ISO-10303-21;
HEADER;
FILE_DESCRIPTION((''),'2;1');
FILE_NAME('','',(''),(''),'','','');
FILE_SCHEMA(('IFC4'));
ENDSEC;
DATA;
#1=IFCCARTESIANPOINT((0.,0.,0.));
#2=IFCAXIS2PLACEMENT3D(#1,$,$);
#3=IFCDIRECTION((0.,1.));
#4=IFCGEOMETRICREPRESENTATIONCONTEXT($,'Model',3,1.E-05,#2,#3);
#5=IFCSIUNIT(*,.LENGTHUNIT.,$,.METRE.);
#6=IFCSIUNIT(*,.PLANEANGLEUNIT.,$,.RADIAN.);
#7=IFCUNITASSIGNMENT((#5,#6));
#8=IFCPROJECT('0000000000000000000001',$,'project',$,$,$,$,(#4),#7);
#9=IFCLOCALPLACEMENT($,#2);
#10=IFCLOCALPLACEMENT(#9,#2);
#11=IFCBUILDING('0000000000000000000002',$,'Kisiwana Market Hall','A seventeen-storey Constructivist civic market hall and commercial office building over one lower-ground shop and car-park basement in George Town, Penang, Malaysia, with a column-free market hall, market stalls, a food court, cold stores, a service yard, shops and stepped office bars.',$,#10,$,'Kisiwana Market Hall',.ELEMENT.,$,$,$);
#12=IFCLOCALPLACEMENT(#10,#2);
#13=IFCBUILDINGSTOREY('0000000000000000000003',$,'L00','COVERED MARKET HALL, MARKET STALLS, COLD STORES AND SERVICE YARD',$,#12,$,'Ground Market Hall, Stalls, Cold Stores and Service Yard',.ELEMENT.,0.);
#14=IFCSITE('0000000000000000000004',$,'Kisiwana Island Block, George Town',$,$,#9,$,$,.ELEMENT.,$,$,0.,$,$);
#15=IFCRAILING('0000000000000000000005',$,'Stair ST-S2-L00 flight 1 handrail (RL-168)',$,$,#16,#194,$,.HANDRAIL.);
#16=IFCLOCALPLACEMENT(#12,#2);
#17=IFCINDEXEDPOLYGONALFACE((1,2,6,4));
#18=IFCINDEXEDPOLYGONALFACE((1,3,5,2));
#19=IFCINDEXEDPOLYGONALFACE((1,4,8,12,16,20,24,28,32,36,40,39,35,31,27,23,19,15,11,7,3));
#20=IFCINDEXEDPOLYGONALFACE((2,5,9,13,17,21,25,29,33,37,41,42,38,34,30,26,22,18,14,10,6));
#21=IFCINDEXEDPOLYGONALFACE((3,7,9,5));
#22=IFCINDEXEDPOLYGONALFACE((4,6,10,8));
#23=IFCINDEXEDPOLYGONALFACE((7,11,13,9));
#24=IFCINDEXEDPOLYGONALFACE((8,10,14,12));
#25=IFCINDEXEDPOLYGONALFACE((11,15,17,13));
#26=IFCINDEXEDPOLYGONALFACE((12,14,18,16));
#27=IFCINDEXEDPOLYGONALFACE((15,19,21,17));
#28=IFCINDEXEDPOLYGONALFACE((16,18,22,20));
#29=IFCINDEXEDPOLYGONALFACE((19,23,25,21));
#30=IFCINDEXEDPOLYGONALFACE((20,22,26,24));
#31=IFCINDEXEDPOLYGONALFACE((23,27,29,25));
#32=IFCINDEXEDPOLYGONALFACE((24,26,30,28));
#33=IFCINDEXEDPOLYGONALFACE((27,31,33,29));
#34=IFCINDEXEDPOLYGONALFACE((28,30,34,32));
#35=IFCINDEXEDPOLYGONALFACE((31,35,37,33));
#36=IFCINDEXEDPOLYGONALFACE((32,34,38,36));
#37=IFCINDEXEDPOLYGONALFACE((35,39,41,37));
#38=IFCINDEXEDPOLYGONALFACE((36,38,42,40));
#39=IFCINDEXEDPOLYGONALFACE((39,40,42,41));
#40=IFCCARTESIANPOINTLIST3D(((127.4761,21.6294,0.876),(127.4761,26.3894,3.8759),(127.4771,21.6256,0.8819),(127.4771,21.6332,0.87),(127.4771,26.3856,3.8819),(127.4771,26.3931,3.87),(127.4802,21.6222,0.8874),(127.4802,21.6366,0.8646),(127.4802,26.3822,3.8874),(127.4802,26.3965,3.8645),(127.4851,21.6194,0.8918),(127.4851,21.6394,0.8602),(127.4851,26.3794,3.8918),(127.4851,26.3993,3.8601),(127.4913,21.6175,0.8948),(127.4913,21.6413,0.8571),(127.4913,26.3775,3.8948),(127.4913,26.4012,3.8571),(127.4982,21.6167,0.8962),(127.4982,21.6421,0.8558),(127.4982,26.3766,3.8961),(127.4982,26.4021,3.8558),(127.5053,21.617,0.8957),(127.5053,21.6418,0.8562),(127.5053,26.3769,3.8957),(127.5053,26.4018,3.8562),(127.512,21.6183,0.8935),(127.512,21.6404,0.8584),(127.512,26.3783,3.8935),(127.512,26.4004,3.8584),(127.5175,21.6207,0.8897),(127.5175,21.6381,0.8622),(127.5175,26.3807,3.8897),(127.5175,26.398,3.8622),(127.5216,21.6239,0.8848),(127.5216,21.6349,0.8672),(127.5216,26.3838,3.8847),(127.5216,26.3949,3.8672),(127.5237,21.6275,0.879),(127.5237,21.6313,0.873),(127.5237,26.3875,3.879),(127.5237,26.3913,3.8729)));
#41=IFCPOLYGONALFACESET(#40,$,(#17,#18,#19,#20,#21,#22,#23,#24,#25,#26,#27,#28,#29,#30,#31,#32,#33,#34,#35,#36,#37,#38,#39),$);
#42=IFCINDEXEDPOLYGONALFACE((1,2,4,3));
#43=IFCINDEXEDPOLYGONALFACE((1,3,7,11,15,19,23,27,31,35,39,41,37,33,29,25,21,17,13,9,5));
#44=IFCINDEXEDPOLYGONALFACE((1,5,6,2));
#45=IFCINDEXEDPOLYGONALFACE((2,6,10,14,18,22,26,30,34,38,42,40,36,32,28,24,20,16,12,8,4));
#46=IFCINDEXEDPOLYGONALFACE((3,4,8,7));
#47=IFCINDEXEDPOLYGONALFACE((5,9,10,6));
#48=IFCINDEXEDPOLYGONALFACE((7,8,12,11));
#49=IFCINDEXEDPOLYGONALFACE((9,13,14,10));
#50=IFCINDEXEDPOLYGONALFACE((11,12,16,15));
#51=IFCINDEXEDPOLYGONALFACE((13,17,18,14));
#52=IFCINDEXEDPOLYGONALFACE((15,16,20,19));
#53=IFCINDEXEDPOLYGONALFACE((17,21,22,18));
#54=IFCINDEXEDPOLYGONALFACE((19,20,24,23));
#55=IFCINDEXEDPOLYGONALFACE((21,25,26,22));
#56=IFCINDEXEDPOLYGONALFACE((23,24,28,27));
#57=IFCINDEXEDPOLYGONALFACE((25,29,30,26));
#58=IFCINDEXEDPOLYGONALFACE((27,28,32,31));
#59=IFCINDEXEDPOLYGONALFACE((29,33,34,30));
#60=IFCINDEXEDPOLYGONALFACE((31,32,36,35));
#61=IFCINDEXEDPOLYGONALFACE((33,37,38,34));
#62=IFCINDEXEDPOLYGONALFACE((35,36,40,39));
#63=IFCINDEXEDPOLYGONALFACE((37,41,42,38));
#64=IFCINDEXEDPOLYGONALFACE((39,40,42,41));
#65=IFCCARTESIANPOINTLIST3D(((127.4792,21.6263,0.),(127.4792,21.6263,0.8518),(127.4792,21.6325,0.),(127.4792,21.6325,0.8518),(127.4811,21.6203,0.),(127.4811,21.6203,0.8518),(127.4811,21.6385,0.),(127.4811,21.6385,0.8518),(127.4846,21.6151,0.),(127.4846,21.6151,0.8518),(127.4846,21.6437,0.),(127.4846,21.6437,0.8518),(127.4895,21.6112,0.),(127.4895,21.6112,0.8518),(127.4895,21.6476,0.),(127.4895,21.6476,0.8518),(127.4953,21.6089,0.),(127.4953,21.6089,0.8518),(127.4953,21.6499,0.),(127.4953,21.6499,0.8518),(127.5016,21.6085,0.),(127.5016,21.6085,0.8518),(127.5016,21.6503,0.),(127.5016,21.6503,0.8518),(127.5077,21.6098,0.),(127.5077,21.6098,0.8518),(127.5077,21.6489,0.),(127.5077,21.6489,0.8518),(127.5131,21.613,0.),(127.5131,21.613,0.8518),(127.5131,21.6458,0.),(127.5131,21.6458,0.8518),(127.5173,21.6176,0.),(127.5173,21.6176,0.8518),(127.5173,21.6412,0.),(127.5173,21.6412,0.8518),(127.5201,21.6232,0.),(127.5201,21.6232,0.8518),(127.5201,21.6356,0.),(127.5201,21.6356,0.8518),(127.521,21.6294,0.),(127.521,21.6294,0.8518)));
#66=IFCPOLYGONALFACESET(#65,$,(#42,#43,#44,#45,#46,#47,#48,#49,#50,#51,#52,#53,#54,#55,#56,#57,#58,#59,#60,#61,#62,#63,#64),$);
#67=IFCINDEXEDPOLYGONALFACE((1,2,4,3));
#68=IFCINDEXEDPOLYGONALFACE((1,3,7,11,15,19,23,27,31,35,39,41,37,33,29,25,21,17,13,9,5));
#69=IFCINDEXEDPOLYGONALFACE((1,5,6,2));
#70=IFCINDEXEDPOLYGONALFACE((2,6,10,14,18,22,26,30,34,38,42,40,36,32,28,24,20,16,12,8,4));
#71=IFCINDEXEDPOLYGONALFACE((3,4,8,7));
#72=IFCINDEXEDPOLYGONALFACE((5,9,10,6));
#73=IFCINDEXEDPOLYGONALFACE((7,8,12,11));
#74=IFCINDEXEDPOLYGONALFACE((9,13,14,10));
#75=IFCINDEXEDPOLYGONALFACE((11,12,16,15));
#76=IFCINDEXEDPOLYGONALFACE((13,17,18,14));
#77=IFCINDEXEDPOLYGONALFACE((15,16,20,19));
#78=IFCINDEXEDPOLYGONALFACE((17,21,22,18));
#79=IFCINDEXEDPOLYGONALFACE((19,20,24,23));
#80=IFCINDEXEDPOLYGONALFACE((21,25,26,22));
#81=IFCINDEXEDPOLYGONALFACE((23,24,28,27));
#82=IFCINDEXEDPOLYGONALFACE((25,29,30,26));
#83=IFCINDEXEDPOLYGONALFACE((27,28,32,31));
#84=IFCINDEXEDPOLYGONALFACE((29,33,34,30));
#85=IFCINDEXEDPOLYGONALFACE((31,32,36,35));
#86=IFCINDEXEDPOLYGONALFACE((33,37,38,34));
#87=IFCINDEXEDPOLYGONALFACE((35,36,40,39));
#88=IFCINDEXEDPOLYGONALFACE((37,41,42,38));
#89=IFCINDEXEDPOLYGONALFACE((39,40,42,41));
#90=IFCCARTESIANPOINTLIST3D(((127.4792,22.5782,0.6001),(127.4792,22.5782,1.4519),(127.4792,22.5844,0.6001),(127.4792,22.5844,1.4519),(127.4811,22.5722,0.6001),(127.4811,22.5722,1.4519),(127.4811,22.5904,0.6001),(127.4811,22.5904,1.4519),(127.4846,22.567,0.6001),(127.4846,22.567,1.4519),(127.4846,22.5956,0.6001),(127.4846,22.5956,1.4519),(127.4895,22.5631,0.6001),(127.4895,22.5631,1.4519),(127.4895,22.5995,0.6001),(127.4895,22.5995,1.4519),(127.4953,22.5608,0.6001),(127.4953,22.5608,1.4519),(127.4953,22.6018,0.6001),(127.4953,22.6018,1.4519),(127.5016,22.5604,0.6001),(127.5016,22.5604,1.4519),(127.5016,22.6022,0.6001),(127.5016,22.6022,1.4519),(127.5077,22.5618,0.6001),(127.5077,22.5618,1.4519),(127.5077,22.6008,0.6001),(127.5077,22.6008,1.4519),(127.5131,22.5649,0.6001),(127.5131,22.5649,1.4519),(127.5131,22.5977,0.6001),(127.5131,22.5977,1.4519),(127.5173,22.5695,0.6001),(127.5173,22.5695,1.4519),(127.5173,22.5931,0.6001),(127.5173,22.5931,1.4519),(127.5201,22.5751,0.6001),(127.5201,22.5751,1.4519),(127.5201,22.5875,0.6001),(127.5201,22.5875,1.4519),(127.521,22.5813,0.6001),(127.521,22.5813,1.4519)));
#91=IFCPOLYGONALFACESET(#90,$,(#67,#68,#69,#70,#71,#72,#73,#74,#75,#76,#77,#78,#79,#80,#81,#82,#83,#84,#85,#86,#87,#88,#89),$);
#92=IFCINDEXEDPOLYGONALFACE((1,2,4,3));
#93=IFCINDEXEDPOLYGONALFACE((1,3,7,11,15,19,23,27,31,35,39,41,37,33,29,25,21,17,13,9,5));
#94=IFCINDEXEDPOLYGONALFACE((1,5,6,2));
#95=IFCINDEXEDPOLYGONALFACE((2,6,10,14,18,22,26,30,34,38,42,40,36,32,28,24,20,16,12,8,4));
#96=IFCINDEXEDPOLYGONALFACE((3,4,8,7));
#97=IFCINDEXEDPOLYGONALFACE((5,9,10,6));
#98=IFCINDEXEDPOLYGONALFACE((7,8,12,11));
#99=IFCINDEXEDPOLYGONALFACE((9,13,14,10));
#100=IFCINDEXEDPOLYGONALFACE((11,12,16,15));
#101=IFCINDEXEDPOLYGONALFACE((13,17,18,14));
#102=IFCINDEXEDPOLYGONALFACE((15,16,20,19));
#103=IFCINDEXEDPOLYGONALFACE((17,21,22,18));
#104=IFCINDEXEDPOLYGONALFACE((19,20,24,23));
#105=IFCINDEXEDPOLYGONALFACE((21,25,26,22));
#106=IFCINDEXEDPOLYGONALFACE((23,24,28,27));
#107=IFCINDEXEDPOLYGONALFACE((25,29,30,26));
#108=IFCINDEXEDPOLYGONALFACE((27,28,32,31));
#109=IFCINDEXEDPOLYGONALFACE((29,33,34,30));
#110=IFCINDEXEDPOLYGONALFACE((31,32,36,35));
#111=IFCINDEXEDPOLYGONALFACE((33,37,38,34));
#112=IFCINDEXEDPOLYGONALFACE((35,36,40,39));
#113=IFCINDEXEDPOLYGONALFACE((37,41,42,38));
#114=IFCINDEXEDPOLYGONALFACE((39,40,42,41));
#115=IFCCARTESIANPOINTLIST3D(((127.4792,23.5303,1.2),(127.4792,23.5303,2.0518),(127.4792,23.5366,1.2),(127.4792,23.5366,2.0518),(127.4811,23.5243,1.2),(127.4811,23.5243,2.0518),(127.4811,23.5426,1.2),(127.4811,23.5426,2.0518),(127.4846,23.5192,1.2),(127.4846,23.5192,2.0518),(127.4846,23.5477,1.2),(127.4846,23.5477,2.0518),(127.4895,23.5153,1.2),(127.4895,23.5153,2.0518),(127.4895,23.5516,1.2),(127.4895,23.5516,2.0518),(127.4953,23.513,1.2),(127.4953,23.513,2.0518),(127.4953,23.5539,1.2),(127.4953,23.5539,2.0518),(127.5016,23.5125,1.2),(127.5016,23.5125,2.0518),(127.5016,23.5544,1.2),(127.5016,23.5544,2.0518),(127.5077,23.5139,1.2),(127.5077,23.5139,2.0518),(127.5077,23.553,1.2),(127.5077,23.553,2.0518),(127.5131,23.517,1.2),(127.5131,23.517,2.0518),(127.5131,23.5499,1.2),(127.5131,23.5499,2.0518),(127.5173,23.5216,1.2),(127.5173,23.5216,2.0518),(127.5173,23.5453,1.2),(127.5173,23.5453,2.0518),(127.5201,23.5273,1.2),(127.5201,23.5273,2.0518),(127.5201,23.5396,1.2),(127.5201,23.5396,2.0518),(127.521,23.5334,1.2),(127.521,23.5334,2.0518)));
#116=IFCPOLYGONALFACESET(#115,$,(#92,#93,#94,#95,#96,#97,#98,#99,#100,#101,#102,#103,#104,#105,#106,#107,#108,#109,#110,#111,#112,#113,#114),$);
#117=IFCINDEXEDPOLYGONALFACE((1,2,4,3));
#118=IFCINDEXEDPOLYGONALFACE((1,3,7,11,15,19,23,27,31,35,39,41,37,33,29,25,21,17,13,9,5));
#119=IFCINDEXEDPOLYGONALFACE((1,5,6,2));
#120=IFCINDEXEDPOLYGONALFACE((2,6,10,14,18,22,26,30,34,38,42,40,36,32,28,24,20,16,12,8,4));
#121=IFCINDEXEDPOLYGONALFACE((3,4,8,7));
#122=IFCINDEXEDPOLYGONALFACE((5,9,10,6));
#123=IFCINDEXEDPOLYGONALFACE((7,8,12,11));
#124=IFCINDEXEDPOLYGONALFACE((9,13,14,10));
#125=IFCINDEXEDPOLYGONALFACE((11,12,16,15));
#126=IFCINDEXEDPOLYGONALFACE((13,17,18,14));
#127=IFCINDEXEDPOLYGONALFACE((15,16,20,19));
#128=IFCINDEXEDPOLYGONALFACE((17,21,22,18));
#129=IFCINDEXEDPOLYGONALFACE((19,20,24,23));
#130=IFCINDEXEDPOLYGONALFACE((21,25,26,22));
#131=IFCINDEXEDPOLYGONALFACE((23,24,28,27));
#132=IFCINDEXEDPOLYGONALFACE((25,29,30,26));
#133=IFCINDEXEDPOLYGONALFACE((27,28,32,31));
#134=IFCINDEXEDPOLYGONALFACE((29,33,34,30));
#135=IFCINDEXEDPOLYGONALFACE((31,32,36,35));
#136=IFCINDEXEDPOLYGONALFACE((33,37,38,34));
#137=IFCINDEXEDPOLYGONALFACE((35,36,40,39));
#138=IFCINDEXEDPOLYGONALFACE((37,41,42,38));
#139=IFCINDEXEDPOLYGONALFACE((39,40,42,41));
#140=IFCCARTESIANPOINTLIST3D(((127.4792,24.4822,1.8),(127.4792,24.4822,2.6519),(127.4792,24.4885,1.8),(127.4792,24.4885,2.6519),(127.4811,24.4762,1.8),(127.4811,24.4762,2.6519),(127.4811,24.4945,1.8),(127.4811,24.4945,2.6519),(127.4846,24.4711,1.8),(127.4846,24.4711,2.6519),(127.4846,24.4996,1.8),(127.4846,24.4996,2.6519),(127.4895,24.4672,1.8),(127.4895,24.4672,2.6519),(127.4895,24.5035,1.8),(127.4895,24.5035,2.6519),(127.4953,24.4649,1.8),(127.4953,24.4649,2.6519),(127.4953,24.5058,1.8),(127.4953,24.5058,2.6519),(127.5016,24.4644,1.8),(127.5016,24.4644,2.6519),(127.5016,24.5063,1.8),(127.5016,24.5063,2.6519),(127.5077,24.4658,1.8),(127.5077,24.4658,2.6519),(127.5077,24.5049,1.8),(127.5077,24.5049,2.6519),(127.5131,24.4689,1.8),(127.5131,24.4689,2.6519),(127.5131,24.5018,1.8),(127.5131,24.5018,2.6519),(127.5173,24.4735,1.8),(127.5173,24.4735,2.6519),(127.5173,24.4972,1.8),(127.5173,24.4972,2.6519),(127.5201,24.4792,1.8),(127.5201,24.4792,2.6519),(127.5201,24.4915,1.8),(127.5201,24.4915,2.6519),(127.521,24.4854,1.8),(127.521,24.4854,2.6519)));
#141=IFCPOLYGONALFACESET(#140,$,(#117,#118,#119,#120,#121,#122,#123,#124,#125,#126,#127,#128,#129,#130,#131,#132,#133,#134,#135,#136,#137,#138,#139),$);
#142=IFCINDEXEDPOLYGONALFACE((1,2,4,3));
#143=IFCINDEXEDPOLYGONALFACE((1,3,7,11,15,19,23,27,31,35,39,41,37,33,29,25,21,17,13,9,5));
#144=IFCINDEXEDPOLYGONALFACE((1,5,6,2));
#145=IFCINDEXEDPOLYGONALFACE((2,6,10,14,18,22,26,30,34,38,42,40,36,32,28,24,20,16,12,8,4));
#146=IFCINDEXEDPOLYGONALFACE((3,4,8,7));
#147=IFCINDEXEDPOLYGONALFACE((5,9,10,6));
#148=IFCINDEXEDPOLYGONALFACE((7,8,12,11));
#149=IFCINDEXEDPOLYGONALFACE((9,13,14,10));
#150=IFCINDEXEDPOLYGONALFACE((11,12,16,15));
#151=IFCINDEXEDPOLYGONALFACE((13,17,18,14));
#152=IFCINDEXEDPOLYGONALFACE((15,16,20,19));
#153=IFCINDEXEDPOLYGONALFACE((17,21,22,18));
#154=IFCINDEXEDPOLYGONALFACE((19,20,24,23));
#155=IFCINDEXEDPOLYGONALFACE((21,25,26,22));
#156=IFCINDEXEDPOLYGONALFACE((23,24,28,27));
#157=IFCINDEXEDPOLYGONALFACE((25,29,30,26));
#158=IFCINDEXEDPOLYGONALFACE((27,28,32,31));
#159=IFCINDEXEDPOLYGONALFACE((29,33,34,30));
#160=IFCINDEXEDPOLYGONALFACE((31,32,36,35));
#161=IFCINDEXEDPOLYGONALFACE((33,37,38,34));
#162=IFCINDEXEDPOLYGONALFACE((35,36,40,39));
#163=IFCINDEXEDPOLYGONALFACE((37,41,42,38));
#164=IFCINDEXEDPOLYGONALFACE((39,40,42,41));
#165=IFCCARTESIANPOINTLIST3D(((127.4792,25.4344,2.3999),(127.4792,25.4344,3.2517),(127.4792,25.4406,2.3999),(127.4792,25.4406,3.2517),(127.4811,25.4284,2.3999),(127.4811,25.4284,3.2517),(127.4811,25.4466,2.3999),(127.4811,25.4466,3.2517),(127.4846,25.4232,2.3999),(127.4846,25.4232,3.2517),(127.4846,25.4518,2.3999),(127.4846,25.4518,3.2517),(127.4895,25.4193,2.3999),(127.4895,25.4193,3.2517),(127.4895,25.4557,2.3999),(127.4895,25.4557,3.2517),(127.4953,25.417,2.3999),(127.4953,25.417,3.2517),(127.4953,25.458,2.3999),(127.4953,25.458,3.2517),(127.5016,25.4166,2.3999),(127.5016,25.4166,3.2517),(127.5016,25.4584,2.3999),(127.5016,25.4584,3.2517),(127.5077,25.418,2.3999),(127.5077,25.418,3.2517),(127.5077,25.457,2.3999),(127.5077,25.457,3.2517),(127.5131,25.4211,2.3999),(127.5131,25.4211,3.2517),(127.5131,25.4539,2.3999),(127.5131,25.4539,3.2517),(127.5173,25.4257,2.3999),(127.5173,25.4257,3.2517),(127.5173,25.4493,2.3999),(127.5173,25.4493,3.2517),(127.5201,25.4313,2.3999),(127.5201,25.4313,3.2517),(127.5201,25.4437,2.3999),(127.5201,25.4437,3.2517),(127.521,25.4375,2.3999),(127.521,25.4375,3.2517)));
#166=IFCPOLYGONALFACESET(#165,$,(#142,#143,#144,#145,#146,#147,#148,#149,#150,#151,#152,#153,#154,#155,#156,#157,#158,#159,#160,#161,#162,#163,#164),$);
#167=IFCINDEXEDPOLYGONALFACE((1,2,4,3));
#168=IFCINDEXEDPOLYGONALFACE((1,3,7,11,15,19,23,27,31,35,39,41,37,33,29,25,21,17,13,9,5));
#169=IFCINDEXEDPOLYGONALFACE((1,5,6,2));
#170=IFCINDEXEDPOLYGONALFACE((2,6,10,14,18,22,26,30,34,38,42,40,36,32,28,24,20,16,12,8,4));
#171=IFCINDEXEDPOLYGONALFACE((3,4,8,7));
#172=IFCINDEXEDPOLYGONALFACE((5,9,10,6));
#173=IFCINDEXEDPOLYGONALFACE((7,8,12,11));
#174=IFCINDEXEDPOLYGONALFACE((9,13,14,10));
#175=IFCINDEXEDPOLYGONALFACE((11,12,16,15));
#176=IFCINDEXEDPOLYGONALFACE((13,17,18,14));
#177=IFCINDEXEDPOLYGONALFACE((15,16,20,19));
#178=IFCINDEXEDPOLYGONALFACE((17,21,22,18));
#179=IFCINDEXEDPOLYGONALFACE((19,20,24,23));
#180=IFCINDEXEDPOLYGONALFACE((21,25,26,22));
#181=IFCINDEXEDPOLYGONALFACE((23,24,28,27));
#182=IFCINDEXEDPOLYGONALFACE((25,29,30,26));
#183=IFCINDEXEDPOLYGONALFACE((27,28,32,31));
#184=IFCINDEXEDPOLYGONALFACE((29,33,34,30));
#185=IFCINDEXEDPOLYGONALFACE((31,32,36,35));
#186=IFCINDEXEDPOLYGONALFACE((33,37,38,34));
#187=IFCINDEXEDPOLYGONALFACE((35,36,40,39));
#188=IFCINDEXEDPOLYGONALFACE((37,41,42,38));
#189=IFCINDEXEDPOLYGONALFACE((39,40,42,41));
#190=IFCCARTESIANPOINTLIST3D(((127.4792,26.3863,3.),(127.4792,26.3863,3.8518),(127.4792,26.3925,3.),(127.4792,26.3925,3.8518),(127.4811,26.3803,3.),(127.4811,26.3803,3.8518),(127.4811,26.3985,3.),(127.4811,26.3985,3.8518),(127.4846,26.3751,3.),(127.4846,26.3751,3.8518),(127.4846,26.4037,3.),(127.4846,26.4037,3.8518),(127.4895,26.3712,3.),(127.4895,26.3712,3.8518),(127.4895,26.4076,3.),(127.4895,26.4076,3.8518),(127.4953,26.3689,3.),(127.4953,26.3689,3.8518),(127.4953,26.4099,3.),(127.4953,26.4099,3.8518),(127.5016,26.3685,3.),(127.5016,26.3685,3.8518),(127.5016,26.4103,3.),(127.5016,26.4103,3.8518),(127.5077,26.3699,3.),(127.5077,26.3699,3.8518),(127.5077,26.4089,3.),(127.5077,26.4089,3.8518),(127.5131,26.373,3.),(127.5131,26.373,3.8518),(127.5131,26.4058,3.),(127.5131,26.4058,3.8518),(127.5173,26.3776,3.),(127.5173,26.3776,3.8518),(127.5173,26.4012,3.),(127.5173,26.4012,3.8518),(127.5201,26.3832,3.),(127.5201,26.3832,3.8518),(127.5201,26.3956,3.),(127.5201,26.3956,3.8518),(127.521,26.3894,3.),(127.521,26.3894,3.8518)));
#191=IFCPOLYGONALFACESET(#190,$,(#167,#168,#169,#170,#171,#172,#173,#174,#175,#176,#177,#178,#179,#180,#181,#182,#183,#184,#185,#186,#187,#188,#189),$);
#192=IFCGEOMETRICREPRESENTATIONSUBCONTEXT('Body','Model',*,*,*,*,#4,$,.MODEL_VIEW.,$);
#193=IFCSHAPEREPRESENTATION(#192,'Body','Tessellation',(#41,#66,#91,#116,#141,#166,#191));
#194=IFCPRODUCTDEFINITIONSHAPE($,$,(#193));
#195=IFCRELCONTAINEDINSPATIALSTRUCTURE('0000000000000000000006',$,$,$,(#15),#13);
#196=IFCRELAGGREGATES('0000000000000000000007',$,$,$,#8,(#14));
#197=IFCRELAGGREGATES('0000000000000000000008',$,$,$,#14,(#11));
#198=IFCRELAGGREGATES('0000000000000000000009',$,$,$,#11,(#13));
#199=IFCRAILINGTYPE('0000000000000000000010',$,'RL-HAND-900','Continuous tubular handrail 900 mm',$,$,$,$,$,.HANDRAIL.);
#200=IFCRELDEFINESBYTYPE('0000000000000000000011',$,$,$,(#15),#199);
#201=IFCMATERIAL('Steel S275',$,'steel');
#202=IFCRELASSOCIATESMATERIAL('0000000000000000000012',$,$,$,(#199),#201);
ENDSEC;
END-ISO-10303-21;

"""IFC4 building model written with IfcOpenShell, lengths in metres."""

from ifc_helpers import new_model, si_unit, direction, frame, origin, origin_2d, place, context, subcontext, project, spatial, circle, extrude, material, type_object, element, save


model = new_model("IFC4")

# Units and contexts
model_context = context("Model", 3, precision=1e-05, world=origin(), true_north=direction((0.0, 1.0)))
body_context = subcontext(model_context, "Body", "Model", "MODEL_VIEW")
ifc_project = project(units=[si_unit("LENGTHUNIT", "METRE"), si_unit("PLANEANGLEUNIT", "RADIAN")], contexts=[model_context])

# Site, building, storey
site_placement = place(None, origin())
site = spatial("IfcSite", under=ifc_project, at=site_placement, Name="Kisiwana Island Block, George Town", CompositionType="ELEMENT", RefElevation=0.0)
building_placement = place(site_placement, origin())
building = spatial("IfcBuilding", under=site, at=building_placement, Name="Kisiwana Market Hall", Description="A seventeen-storey Constructivist civic market hall and commercial office building over one lower-ground shop and car-park basement in George Town, Penang, Malaysia, with a column-free market hall, market stalls, a food court, cold stores, a service yard, shops and stepped office bars.", LongName="Kisiwana Market Hall", CompositionType="ELEMENT")
storey_placement = place(building_placement, origin())
storey = spatial("IfcBuildingStorey", under=building, at=storey_placement, Name="L00", Description="COVERED MARKET HALL, MARKET STALLS, COLD STORES AND SERVICE YARD", LongName="Ground Market Hall, Stalls, Cold Stores and Service Yard", CompositionType="ELEMENT", Elevation=0.0)

# Railing
ifc_material_1 = material(Name="Steel S275", Category="steel")
railing_type_1 = type_object("IfcRailingType", Name="RL-HAND-900", Description="Continuous tubular handrail 900 mm", PredefinedType="HANDRAIL", material=ifc_material_1)
railing_1_placement = place(storey_placement, frame((127.5, 21.6294, 0.0)))
element("IfcRailing", 1, at=railing_1_placement, inside=storey, type_object=railing_type_1, Name="Stair ST-S2-L00 flight 1 handrail (RL-168)", PredefinedType="HANDRAIL", context=body_context, shape_type="SweptSolid", body=[
    extrude(circle(Radius=0.0239, at=origin_2d()), frame((0.0, 0.0, 0.876), z_axis=(0.0, 0.845996, 0.53319), x_axis=(-1.0, 0.0, 0.0)), (0.0, 0.0, 1.0), 5.6265),
    extrude(circle(Radius=0.021, at=origin_2d()), origin(), (0.0, 0.0, 1.0), 0.8518),
    extrude(circle(Radius=0.021, at=origin_2d()), frame((0.0, 0.9519, 0.6001)), (0.0, 0.0, 1.0), 0.8518),
    extrude(circle(Radius=0.021, at=origin_2d()), frame((0.0, 1.9041, 1.2)), (0.0, 0.0, 1.0), 0.8518),
    extrude(circle(Radius=0.021, at=origin_2d()), frame((0.0, 2.856, 1.8)), (0.0, 0.0, 1.0), 0.8518),
    extrude(circle(Radius=0.021, at=origin_2d()), frame((0.0, 3.8081, 2.3999)), (0.0, 0.0, 1.0), 0.8518),
    extrude(circle(Radius=0.021, at=origin_2d()), frame((0.0, 4.76, 3.0)), (0.0, 0.0, 1.0), 0.8518),
])

save(model, "model.ifc")
